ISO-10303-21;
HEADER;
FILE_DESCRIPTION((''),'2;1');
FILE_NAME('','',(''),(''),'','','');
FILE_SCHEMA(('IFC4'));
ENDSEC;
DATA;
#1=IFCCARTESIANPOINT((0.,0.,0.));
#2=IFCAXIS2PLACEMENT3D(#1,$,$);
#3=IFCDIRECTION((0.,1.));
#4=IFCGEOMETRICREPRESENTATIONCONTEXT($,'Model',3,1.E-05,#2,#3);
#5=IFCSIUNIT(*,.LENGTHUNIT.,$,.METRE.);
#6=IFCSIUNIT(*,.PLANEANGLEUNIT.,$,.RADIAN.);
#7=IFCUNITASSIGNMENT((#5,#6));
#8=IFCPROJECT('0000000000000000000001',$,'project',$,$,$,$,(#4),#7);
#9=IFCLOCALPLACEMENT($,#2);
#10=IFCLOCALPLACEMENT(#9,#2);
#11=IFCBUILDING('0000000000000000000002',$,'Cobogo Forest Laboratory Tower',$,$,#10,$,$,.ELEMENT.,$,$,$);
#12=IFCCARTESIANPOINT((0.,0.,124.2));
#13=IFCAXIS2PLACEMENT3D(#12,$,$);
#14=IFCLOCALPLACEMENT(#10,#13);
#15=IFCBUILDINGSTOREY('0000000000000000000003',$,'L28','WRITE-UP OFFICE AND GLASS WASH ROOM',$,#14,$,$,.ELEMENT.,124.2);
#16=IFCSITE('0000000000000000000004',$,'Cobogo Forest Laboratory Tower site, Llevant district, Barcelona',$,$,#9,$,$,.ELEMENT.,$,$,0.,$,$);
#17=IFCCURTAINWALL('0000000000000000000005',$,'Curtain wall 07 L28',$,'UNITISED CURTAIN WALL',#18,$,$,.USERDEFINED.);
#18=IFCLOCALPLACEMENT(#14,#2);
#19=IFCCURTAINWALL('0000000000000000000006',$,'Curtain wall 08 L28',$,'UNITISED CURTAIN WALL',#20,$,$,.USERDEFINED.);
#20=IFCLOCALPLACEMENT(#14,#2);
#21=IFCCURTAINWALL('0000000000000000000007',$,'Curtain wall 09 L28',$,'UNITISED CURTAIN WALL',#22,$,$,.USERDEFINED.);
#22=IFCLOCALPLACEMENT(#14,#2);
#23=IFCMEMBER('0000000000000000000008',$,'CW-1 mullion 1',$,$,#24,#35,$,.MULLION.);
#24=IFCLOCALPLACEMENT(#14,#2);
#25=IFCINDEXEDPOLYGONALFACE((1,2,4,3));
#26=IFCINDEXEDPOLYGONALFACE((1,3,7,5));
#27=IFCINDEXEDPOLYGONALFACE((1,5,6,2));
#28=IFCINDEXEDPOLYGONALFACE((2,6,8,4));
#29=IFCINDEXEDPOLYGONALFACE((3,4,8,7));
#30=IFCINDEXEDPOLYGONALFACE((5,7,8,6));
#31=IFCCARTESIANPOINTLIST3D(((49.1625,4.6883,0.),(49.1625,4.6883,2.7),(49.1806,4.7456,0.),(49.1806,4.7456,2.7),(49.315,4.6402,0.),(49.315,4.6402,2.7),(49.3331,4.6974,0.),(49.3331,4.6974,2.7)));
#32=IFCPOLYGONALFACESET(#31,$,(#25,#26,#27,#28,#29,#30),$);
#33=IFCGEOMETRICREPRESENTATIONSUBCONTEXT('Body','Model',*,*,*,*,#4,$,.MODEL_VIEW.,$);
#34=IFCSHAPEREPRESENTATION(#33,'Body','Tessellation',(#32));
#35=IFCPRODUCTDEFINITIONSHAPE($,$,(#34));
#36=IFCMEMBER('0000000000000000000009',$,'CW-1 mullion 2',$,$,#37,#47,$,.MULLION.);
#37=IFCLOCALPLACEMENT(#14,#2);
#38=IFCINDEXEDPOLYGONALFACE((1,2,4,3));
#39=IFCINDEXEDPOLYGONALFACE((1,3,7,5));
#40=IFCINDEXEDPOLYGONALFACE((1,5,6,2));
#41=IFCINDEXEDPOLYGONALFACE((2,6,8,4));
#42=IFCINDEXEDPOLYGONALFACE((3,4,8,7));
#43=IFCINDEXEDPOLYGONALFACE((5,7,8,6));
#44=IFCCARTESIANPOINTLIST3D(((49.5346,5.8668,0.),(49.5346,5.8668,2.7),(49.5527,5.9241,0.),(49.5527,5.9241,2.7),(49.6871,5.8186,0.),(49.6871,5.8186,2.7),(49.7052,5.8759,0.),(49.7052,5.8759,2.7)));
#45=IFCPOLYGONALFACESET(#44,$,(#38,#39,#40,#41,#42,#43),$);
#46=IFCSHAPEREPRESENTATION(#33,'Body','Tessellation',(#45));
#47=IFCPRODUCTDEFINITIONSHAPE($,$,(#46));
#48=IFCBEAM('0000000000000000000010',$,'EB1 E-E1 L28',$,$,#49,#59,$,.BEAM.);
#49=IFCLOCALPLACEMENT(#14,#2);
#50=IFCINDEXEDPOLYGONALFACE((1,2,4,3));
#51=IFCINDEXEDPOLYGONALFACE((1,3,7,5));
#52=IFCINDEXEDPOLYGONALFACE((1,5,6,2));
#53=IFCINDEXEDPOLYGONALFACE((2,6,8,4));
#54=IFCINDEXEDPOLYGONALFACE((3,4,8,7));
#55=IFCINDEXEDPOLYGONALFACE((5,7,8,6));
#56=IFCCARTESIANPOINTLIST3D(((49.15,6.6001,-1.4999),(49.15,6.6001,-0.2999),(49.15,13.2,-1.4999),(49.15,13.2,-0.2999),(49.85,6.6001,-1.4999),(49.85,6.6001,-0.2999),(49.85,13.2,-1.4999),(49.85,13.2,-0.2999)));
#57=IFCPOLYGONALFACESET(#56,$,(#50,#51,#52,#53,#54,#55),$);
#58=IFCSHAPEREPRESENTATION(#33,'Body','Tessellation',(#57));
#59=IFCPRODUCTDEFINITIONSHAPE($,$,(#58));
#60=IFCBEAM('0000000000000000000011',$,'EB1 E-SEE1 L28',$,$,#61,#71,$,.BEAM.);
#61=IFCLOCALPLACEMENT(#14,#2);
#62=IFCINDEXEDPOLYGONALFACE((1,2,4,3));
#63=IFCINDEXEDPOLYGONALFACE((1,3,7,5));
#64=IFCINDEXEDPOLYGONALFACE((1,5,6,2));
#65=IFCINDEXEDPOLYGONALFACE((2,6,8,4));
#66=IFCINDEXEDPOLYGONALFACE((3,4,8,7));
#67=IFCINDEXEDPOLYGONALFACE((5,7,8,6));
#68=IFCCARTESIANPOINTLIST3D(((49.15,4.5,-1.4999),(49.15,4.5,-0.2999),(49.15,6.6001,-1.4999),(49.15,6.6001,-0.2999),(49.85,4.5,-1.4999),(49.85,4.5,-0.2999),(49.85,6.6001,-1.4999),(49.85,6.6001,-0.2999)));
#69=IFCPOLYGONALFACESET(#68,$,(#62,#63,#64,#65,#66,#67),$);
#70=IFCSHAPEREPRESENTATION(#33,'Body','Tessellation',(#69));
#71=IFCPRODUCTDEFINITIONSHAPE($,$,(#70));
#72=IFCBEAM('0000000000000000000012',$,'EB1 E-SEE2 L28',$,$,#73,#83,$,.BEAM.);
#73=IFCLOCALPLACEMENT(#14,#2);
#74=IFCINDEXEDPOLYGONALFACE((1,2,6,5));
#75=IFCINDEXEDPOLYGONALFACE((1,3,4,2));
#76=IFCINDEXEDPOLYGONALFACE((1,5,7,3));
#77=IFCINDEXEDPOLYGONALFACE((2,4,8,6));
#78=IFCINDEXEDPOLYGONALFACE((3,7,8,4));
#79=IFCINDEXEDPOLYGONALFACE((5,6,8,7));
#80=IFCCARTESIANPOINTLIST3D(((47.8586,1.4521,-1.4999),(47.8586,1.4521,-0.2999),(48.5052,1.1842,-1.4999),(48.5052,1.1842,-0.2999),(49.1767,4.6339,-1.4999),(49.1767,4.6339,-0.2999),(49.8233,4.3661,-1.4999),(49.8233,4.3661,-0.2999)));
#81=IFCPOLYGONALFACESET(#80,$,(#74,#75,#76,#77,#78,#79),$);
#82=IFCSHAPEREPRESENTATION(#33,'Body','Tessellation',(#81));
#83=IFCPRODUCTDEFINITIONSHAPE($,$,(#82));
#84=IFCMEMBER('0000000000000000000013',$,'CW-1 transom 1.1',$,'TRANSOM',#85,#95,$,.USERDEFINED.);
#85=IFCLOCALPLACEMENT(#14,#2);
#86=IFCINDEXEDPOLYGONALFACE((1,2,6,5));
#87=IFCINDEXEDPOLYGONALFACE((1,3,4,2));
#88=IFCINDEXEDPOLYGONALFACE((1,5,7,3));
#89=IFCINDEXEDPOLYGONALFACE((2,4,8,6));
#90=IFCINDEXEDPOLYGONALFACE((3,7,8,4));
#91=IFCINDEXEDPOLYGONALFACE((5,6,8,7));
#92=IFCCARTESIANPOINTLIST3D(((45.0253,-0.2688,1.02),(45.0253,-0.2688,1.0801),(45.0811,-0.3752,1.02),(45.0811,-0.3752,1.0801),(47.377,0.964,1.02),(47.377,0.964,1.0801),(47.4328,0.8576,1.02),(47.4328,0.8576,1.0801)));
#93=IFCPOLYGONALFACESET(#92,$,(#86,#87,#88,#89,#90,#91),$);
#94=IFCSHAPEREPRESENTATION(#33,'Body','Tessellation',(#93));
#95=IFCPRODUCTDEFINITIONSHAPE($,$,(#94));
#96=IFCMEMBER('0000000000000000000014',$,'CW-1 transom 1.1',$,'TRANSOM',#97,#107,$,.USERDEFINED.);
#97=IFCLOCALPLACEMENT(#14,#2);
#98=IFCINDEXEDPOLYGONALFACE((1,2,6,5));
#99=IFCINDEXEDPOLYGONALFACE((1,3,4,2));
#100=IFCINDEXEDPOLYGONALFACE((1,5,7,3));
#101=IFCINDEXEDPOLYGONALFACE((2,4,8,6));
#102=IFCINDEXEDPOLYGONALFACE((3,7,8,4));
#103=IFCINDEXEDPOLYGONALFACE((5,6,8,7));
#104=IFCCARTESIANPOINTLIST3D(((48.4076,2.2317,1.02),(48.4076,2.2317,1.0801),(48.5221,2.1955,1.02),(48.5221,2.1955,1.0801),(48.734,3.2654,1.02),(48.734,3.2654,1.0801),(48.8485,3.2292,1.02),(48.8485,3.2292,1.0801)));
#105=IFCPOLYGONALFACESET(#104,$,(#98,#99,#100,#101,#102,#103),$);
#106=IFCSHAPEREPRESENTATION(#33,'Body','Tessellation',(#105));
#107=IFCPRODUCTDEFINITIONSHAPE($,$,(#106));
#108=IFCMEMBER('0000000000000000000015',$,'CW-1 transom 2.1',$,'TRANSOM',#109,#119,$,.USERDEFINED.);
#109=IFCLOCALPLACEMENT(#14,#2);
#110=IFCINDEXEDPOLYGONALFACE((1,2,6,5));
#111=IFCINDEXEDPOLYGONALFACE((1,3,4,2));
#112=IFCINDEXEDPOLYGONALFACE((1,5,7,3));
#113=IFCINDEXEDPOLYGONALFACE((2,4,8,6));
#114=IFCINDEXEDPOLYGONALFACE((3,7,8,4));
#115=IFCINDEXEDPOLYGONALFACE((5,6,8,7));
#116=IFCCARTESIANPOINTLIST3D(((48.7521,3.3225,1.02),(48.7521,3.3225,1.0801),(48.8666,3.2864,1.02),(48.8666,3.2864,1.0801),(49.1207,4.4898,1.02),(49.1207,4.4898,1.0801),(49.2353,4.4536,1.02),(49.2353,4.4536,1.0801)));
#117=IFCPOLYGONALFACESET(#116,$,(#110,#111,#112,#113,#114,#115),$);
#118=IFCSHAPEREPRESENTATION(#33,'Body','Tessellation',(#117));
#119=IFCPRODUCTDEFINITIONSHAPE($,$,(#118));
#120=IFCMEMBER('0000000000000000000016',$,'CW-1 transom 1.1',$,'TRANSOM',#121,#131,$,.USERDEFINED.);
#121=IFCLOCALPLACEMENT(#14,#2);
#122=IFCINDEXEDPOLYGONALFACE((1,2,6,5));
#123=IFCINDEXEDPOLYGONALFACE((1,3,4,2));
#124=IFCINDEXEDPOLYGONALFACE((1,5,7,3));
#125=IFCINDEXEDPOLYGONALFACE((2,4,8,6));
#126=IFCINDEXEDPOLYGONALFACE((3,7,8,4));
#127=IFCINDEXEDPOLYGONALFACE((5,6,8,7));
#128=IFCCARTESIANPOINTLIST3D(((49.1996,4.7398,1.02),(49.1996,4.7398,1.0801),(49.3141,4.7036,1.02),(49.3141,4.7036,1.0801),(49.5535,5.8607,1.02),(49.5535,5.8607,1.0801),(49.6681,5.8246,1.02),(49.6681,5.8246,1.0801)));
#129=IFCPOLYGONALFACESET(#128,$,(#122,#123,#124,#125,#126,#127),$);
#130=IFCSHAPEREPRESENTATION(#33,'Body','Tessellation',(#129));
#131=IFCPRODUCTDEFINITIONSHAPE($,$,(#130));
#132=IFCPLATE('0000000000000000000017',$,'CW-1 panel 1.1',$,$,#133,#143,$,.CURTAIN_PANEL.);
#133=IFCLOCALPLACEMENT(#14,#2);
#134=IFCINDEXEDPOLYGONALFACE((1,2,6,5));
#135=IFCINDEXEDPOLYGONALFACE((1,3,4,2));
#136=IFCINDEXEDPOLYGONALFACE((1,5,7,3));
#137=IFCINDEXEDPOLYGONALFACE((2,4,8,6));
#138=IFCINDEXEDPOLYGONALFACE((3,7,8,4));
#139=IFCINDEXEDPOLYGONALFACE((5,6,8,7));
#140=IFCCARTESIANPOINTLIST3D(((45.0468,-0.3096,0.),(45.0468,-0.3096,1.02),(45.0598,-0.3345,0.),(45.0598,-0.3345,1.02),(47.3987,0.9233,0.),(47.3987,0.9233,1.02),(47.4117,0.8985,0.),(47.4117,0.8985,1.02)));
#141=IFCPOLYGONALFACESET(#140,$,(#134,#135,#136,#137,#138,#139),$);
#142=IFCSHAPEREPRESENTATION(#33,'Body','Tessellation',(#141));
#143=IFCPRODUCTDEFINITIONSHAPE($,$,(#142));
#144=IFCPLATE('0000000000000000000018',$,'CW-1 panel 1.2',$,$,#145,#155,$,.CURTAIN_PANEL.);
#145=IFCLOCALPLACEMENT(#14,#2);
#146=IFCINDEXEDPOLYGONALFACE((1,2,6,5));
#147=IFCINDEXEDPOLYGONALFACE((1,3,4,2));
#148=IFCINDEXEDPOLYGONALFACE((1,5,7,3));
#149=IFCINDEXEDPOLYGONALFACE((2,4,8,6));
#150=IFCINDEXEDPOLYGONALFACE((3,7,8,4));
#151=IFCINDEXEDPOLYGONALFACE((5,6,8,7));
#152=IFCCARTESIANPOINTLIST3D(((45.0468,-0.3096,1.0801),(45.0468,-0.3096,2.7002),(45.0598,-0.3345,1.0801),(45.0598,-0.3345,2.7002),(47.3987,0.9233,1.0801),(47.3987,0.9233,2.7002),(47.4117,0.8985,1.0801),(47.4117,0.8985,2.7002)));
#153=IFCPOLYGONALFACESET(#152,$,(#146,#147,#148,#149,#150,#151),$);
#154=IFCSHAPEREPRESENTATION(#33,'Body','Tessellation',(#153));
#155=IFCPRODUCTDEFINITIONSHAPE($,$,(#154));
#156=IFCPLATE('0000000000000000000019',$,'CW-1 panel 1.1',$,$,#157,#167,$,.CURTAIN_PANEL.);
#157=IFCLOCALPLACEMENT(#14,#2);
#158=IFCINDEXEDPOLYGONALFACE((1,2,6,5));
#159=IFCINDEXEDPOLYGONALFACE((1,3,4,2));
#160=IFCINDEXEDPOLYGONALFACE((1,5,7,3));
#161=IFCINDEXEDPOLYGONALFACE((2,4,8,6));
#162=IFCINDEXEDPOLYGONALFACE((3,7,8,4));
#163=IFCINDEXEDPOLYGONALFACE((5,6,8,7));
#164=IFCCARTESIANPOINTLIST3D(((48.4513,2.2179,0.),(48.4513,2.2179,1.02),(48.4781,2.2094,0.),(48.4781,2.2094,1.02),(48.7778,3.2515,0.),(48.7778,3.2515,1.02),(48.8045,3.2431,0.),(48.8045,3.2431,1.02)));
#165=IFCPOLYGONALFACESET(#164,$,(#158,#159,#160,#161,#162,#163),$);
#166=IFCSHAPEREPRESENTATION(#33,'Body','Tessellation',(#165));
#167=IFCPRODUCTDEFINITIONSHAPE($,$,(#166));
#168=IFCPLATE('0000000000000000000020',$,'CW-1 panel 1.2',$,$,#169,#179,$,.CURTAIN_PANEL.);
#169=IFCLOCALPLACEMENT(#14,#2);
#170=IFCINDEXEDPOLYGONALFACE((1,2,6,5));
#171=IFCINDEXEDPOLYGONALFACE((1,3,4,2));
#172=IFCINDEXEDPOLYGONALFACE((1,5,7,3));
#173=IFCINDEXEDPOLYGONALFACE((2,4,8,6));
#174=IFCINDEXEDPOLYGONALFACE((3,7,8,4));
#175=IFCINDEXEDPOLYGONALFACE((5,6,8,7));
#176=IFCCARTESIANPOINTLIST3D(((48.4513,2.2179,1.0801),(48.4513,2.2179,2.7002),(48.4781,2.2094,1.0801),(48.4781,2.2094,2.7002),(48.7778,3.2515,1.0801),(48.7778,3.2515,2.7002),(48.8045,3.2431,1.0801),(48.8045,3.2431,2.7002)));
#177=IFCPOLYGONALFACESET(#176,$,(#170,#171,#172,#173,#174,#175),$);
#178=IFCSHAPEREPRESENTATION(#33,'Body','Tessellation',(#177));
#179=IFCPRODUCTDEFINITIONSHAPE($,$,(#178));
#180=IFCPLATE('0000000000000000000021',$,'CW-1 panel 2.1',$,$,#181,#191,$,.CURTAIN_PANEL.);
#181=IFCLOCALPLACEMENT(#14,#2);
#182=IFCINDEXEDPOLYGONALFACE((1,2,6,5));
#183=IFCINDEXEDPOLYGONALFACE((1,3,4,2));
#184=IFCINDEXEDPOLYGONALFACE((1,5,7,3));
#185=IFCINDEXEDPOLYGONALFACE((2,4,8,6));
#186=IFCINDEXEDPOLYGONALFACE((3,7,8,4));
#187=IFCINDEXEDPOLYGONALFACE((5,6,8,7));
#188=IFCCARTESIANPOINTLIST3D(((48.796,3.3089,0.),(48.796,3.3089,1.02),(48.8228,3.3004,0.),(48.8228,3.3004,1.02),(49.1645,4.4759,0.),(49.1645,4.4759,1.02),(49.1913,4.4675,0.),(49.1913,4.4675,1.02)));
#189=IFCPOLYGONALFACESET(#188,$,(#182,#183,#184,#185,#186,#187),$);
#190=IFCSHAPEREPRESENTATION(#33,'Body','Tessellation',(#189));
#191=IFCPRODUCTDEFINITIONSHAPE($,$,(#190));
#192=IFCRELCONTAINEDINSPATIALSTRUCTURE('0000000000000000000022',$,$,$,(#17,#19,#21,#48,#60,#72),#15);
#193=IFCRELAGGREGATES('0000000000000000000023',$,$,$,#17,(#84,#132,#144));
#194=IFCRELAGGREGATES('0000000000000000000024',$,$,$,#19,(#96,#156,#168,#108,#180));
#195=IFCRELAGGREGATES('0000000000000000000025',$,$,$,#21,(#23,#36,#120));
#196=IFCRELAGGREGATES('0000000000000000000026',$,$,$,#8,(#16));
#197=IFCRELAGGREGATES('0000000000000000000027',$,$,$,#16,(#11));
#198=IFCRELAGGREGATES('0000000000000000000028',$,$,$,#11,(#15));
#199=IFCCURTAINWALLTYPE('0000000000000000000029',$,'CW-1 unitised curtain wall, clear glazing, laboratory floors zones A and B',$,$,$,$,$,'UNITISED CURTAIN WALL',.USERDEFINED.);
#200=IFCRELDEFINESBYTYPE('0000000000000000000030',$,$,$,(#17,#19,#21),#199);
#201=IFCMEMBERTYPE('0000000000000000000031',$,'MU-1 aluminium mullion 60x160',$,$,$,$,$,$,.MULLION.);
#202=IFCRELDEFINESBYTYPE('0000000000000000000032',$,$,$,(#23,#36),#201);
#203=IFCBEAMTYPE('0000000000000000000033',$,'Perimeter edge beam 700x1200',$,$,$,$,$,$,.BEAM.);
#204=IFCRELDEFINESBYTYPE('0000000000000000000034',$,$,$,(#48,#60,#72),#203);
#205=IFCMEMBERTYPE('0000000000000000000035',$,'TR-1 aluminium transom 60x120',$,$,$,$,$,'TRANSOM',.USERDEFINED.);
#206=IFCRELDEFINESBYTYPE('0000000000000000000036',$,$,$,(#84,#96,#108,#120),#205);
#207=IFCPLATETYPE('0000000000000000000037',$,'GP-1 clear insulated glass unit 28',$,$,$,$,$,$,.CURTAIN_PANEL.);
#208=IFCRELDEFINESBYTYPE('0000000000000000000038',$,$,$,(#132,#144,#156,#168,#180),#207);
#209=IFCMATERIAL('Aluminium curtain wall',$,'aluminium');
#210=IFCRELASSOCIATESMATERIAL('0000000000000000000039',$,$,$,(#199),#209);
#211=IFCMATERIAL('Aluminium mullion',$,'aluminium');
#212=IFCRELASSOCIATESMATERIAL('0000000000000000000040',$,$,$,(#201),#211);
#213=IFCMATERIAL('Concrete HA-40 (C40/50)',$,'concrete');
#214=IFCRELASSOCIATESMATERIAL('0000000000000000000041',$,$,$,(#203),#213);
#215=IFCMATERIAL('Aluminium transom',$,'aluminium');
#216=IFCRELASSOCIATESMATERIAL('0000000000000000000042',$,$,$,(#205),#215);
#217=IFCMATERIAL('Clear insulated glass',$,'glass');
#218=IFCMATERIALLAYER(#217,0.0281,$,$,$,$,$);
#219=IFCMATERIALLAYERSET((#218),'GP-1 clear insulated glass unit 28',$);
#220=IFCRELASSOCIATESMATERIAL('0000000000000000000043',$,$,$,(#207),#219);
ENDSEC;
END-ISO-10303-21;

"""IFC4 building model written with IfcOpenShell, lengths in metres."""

from ifc_helpers import new_model, si_unit, direction, frame, origin, origin_2d, place, context, subcontext, project, spatial, rectangle, extrude, material, layer, layer_set, material_profile, profile_set, type_object, element, aggregate, save


model = new_model("IFC4")

# Units and contexts
model_context = context("Model", 3, precision=1e-05, world=origin(), true_north=direction((0.0, 1.0)))
body_context = subcontext(model_context, "Body", "Model", "MODEL_VIEW")
ifc_project = project(units=[si_unit("LENGTHUNIT", "METRE"), si_unit("PLANEANGLEUNIT", "RADIAN")], contexts=[model_context])

# Site, building, storey
site_placement = place(None, origin())
site = spatial("IfcSite", under=ifc_project, at=site_placement, Name="Cobogo Forest Laboratory Tower site, Llevant district, Barcelona", CompositionType="ELEMENT", RefElevation=0.0)
building_placement = place(site_placement, origin())
building = spatial("IfcBuilding", under=site, at=building_placement, Name="Cobogo Forest Laboratory Tower", CompositionType="ELEMENT")
storey_placement = place(building_placement, frame((0.0, 0.0, 124.2)))
storey = spatial("IfcBuildingStorey", under=building, at=storey_placement, Name="L28", Description="WRITE-UP OFFICE AND GLASS WASH ROOM", CompositionType="ELEMENT", Elevation=124.2)

# Shared definitions
ifc_material_1 = material(Name="Concrete HA-40 (C40/50)", Category="concrete")

# Curtain wall
ifc_material_2 = material(Name="Aluminium curtain wall", Category="aluminium")
curtain_wall_type = type_object("IfcCurtainWallType", Name="CW-1 unitised curtain wall, clear glazing, laboratory floors zones A and B", ElementType="UNITISED CURTAIN WALL", PredefinedType="USERDEFINED", material=ifc_material_2)
curtain_wall_1_placement = place(storey_placement, origin())
curtain_wall_1 = element("IfcCurtainWall", 1, at=curtain_wall_1_placement, inside=storey, type_object=curtain_wall_type, Name="Curtain wall 07 L28", ObjectType="UNITISED CURTAIN WALL", PredefinedType="USERDEFINED")
ifc_material_3 = material(Name="Aluminium mullion", Category="aluminium")
ifc_material_profile_1 = material_profile(ifc_material_3, rectangle(XDim=0.0601, YDim=0.1599, at=origin_2d()), Name="AL 60x160")
ifc_profile_set_1 = profile_set([ifc_material_profile_1], Name="Aluminium mullion")
member_type_1 = type_object("IfcMemberType", Name="MU-1 aluminium mullion 60x160", PredefinedType="MULLION", material=ifc_profile_set_1)

# Curtain walls, members
curtain_wall_2_placement = place(storey_placement, origin())
curtain_wall_2 = element("IfcCurtainWall", 2, at=curtain_wall_2_placement, inside=storey, type_object=curtain_wall_type, Name="Curtain wall 08 L28", ObjectType="UNITISED CURTAIN WALL", PredefinedType="USERDEFINED")
curtain_wall_3_placement = place(storey_placement, origin())
curtain_wall_3 = element("IfcCurtainWall", 3, at=curtain_wall_3_placement, inside=storey, type_object=curtain_wall_type, Name="Curtain wall 09 L28", ObjectType="UNITISED CURTAIN WALL", PredefinedType="USERDEFINED")
member_1_placement = place(storey_placement, frame((49.2478, 4.6929, 0.0), z_axis=(0.0, 0.0, 1.0), x_axis=(0.301135, 0.953581, 0.0)))
member_1 = element("IfcMember", 4, at=member_1_placement, type_object=member_type_1, Name="CW-1 mullion 1", PredefinedType="MULLION", context=body_context, shape_type="SweptSolid", body=[
    extrude(rectangle(XDim=0.0601, YDim=0.1599, at=origin_2d()), origin(), (0.0, 0.0, 1.0), 2.7),
])
member_2_placement = place(storey_placement, frame((49.6199, 5.8713, 0.0), z_axis=(0.0, 0.0, 1.0), x_axis=(0.301135, 0.953581, 0.0)))
member_2 = element("IfcMember", 5, at=member_2_placement, type_object=member_type_1, Name="CW-1 mullion 2", PredefinedType="MULLION", context=body_context, shape_type="SweptSolid", body=[
    extrude(rectangle(XDim=0.0601, YDim=0.1599, at=origin_2d()), origin(), (0.0, 0.0, 1.0), 2.7),
])

# Beams
ifc_material_profile_2 = material_profile(ifc_material_1, rectangle(XDim=0.7, YDim=1.2, at=origin_2d()), Name="RC 700x1200")
ifc_profile_set_2 = profile_set([ifc_material_profile_2], Name="Concrete HA-40 (C40/50)")
beam_type_1 = type_object("IfcBeamType", Name="Perimeter edge beam 700x1200", PredefinedType="BEAM", material=ifc_profile_set_2)
beam_1_placement = place(storey_placement, frame((49.5, 6.6001, -0.8999), z_axis=(0.0, 1.0, 0.0), x_axis=(-1.0, 0.0, 0.0)))
element("IfcBeam", 6, at=beam_1_placement, inside=storey, type_object=beam_type_1, Name="EB1 E-E1 L28", PredefinedType="BEAM", context=body_context, shape_type="SweptSolid", body=[
    extrude(rectangle(XDim=0.7, YDim=1.2, at=origin_2d()), origin(), (0.0, 0.0, 1.0), 6.5999),
])
beam_2_placement = place(storey_placement, frame((49.5, 6.6001, -0.8999), z_axis=(0.0, -1.0, 0.0), x_axis=(1.0, 0.0, 0.0)))
element("IfcBeam", 7, at=beam_2_placement, inside=storey, type_object=beam_type_1, Name="EB1 E-SEE1 L28", PredefinedType="BEAM", context=body_context, shape_type="SweptSolid", body=[
    extrude(rectangle(XDim=0.7, YDim=1.2, at=origin_2d()), origin(), (0.0, 0.0, 1.0), 2.1001),
])
beam_3_placement = place(storey_placement, frame((49.5, 4.5, -0.8999), z_axis=(-0.382717, -0.923866, 0.0), x_axis=(0.923866, -0.382717, 0.0)))
element("IfcBeam", 8, at=beam_3_placement, inside=storey, type_object=beam_type_1, Name="EB1 E-SEE2 L28", PredefinedType="BEAM", context=body_context, shape_type="SweptSolid", body=[
    extrude(rectangle(XDim=0.7, YDim=1.2, at=origin_2d()), origin(), (0.0, 0.0, 1.0), 3.4441),
])

# Members
ifc_material_4 = material(Name="Aluminium transom", Category="aluminium")
ifc_material_profile_3 = material_profile(ifc_material_4, rectangle(XDim=0.1201, YDim=0.0601, at=origin_2d()), Name="AL 60x120")
ifc_profile_set_3 = profile_set([ifc_material_profile_3], Name="Aluminium transom")
member_type_2 = type_object("IfcMemberType", Name="TR-1 aluminium transom 60x120", ElementType="TRANSOM", PredefinedType="USERDEFINED", material=ifc_profile_set_3)
member_3_placement = place(storey_placement, frame((45.0532, -0.322, 1.05), z_axis=(0.885675, 0.464306, 0.0), x_axis=(-0.464306, 0.885675, 0.0)))
member_3 = element("IfcMember", 9, at=member_3_placement, type_object=member_type_2, Name="CW-1 transom 1.1", ObjectType="TRANSOM", PredefinedType="USERDEFINED", context=body_context, shape_type="SweptSolid", body=[
    extrude(rectangle(XDim=0.1201, YDim=0.0601, at=origin_2d()), origin(), (0.0, 0.0, 1.0), 2.6553),
])
member_4_placement = place(storey_placement, frame((48.4648, 2.2136, 1.05), z_axis=(0.301121, 0.953586, 0.0), x_axis=(-0.953586, 0.301121, 0.0)))
member_4 = element("IfcMember", 10, at=member_4_placement, type_object=member_type_2, Name="CW-1 transom 1.1", ObjectType="TRANSOM", PredefinedType="USERDEFINED", context=body_context, shape_type="SweptSolid", body=[
    extrude(rectangle(XDim=0.1201, YDim=0.0601, at=origin_2d()), origin(), (0.0, 0.0, 1.0), 1.084),
])
member_5_placement = place(storey_placement, frame((48.8093, 3.3044, 1.05), z_axis=(0.30117, 0.953571, 0.0), x_axis=(-0.953571, 0.30117, 0.0)))
member_5 = element("IfcMember", 11, at=member_5_placement, type_object=member_type_2, Name="CW-1 transom 2.1", ObjectType="TRANSOM", PredefinedType="USERDEFINED", context=body_context, shape_type="SweptSolid", body=[
    extrude(rectangle(XDim=0.1201, YDim=0.0601, at=origin_2d()), origin(), (0.0, 0.0, 1.0), 1.2241),
])
member_6_placement = place(storey_placement, frame((49.2568, 4.7217, 1.05), z_axis=(0.301111, 0.953589, 0.0), x_axis=(-0.953589, 0.301111, 0.0)))
member_6 = element("IfcMember", 12, at=member_6_placement, type_object=member_type_2, Name="CW-1 transom 1.1", ObjectType="TRANSOM", PredefinedType="USERDEFINED", context=body_context, shape_type="SweptSolid", body=[
    extrude(rectangle(XDim=0.1201, YDim=0.0601, at=origin_2d()), origin(), (0.0, 0.0, 1.0), 1.1755),
])

# Plates
ifc_material_5 = material(Name="Clear insulated glass", Category="glass")
ifc_layer = layer(ifc_material_5, 0.0281)
ifc_layer_set = layer_set([ifc_layer], Name="GP-1 clear insulated glass unit 28")
plate_type = type_object("IfcPlateType", Name="GP-1 clear insulated glass unit 28", PredefinedType="CURTAIN_PANEL", material=ifc_layer_set)
plate_1_placement = place(storey_placement, frame((46.2292, 0.2944, 0.0), z_axis=(0.0, 0.0, 1.0), x_axis=(0.885687, 0.464284, 0.0)))
plate_1 = element("IfcPlate", 13, at=plate_1_placement, type_object=plate_type, Name="CW-1 panel 1.1", PredefinedType="CURTAIN_PANEL", context=body_context, shape_type="SweptSolid", body=[
    extrude(rectangle(XDim=2.6555, YDim=0.0281, at=origin_2d()), origin(), (0.0, 0.0, 1.0), 1.02),
])
plate_2_placement = place(storey_placement, frame((46.2292, 0.2944, 1.0801), z_axis=(0.0, 0.0, 1.0), x_axis=(0.885687, 0.464284, 0.0)))
plate_2 = element("IfcPlate", 14, at=plate_2_placement, type_object=plate_type, Name="CW-1 panel 1.2", PredefinedType="CURTAIN_PANEL", context=body_context, shape_type="SweptSolid", body=[
    extrude(rectangle(XDim=2.6555, YDim=0.0281, at=origin_2d()), origin(), (0.0, 0.0, 1.0), 1.6201),
])
aggregate(curtain_wall_1, [member_3, plate_1, plate_2])
plate_3_placement = place(storey_placement, frame((48.6279, 2.7305, 0.0), z_axis=(0.0, 0.0, 1.0), x_axis=(0.301135, 0.953581, 0.0)))
plate_3 = element("IfcPlate", 15, at=plate_3_placement, type_object=plate_type, Name="CW-1 panel 1.1", PredefinedType="CURTAIN_PANEL", context=body_context, shape_type="SweptSolid", body=[
    extrude(rectangle(XDim=1.084, YDim=0.0281, at=origin_2d()), origin(), (0.0, 0.0, 1.0), 1.02),
])
plate_4_placement = place(storey_placement, frame((48.6279, 2.7305, 1.0801), z_axis=(0.0, 0.0, 1.0), x_axis=(0.301135, 0.953581, 0.0)))
plate_4 = element("IfcPlate", 16, at=plate_4_placement, type_object=plate_type, Name="CW-1 panel 1.2", PredefinedType="CURTAIN_PANEL", context=body_context, shape_type="SweptSolid", body=[
    extrude(rectangle(XDim=1.084, YDim=0.0281, at=origin_2d()), origin(), (0.0, 0.0, 1.0), 1.6201),
])
plate_5_placement = place(storey_placement, frame((48.9937, 3.8882, 0.0), z_axis=(0.0, 0.0, 1.0), x_axis=(0.301135, 0.953581, 0.0)))
plate_5 = element("IfcPlate", 17, at=plate_5_placement, type_object=plate_type, Name="CW-1 panel 2.1", PredefinedType="CURTAIN_PANEL", context=body_context, shape_type="SweptSolid", body=[
    extrude(rectangle(XDim=1.2239, YDim=0.0281, at=origin_2d()), origin(), (0.0, 0.0, 1.0), 1.02),
])
aggregate(curtain_wall_2, [member_4, plate_3, plate_4, member_5, plate_5])
aggregate(curtain_wall_3, [member_1, member_2, member_6])

save(model, "model.ifc")
